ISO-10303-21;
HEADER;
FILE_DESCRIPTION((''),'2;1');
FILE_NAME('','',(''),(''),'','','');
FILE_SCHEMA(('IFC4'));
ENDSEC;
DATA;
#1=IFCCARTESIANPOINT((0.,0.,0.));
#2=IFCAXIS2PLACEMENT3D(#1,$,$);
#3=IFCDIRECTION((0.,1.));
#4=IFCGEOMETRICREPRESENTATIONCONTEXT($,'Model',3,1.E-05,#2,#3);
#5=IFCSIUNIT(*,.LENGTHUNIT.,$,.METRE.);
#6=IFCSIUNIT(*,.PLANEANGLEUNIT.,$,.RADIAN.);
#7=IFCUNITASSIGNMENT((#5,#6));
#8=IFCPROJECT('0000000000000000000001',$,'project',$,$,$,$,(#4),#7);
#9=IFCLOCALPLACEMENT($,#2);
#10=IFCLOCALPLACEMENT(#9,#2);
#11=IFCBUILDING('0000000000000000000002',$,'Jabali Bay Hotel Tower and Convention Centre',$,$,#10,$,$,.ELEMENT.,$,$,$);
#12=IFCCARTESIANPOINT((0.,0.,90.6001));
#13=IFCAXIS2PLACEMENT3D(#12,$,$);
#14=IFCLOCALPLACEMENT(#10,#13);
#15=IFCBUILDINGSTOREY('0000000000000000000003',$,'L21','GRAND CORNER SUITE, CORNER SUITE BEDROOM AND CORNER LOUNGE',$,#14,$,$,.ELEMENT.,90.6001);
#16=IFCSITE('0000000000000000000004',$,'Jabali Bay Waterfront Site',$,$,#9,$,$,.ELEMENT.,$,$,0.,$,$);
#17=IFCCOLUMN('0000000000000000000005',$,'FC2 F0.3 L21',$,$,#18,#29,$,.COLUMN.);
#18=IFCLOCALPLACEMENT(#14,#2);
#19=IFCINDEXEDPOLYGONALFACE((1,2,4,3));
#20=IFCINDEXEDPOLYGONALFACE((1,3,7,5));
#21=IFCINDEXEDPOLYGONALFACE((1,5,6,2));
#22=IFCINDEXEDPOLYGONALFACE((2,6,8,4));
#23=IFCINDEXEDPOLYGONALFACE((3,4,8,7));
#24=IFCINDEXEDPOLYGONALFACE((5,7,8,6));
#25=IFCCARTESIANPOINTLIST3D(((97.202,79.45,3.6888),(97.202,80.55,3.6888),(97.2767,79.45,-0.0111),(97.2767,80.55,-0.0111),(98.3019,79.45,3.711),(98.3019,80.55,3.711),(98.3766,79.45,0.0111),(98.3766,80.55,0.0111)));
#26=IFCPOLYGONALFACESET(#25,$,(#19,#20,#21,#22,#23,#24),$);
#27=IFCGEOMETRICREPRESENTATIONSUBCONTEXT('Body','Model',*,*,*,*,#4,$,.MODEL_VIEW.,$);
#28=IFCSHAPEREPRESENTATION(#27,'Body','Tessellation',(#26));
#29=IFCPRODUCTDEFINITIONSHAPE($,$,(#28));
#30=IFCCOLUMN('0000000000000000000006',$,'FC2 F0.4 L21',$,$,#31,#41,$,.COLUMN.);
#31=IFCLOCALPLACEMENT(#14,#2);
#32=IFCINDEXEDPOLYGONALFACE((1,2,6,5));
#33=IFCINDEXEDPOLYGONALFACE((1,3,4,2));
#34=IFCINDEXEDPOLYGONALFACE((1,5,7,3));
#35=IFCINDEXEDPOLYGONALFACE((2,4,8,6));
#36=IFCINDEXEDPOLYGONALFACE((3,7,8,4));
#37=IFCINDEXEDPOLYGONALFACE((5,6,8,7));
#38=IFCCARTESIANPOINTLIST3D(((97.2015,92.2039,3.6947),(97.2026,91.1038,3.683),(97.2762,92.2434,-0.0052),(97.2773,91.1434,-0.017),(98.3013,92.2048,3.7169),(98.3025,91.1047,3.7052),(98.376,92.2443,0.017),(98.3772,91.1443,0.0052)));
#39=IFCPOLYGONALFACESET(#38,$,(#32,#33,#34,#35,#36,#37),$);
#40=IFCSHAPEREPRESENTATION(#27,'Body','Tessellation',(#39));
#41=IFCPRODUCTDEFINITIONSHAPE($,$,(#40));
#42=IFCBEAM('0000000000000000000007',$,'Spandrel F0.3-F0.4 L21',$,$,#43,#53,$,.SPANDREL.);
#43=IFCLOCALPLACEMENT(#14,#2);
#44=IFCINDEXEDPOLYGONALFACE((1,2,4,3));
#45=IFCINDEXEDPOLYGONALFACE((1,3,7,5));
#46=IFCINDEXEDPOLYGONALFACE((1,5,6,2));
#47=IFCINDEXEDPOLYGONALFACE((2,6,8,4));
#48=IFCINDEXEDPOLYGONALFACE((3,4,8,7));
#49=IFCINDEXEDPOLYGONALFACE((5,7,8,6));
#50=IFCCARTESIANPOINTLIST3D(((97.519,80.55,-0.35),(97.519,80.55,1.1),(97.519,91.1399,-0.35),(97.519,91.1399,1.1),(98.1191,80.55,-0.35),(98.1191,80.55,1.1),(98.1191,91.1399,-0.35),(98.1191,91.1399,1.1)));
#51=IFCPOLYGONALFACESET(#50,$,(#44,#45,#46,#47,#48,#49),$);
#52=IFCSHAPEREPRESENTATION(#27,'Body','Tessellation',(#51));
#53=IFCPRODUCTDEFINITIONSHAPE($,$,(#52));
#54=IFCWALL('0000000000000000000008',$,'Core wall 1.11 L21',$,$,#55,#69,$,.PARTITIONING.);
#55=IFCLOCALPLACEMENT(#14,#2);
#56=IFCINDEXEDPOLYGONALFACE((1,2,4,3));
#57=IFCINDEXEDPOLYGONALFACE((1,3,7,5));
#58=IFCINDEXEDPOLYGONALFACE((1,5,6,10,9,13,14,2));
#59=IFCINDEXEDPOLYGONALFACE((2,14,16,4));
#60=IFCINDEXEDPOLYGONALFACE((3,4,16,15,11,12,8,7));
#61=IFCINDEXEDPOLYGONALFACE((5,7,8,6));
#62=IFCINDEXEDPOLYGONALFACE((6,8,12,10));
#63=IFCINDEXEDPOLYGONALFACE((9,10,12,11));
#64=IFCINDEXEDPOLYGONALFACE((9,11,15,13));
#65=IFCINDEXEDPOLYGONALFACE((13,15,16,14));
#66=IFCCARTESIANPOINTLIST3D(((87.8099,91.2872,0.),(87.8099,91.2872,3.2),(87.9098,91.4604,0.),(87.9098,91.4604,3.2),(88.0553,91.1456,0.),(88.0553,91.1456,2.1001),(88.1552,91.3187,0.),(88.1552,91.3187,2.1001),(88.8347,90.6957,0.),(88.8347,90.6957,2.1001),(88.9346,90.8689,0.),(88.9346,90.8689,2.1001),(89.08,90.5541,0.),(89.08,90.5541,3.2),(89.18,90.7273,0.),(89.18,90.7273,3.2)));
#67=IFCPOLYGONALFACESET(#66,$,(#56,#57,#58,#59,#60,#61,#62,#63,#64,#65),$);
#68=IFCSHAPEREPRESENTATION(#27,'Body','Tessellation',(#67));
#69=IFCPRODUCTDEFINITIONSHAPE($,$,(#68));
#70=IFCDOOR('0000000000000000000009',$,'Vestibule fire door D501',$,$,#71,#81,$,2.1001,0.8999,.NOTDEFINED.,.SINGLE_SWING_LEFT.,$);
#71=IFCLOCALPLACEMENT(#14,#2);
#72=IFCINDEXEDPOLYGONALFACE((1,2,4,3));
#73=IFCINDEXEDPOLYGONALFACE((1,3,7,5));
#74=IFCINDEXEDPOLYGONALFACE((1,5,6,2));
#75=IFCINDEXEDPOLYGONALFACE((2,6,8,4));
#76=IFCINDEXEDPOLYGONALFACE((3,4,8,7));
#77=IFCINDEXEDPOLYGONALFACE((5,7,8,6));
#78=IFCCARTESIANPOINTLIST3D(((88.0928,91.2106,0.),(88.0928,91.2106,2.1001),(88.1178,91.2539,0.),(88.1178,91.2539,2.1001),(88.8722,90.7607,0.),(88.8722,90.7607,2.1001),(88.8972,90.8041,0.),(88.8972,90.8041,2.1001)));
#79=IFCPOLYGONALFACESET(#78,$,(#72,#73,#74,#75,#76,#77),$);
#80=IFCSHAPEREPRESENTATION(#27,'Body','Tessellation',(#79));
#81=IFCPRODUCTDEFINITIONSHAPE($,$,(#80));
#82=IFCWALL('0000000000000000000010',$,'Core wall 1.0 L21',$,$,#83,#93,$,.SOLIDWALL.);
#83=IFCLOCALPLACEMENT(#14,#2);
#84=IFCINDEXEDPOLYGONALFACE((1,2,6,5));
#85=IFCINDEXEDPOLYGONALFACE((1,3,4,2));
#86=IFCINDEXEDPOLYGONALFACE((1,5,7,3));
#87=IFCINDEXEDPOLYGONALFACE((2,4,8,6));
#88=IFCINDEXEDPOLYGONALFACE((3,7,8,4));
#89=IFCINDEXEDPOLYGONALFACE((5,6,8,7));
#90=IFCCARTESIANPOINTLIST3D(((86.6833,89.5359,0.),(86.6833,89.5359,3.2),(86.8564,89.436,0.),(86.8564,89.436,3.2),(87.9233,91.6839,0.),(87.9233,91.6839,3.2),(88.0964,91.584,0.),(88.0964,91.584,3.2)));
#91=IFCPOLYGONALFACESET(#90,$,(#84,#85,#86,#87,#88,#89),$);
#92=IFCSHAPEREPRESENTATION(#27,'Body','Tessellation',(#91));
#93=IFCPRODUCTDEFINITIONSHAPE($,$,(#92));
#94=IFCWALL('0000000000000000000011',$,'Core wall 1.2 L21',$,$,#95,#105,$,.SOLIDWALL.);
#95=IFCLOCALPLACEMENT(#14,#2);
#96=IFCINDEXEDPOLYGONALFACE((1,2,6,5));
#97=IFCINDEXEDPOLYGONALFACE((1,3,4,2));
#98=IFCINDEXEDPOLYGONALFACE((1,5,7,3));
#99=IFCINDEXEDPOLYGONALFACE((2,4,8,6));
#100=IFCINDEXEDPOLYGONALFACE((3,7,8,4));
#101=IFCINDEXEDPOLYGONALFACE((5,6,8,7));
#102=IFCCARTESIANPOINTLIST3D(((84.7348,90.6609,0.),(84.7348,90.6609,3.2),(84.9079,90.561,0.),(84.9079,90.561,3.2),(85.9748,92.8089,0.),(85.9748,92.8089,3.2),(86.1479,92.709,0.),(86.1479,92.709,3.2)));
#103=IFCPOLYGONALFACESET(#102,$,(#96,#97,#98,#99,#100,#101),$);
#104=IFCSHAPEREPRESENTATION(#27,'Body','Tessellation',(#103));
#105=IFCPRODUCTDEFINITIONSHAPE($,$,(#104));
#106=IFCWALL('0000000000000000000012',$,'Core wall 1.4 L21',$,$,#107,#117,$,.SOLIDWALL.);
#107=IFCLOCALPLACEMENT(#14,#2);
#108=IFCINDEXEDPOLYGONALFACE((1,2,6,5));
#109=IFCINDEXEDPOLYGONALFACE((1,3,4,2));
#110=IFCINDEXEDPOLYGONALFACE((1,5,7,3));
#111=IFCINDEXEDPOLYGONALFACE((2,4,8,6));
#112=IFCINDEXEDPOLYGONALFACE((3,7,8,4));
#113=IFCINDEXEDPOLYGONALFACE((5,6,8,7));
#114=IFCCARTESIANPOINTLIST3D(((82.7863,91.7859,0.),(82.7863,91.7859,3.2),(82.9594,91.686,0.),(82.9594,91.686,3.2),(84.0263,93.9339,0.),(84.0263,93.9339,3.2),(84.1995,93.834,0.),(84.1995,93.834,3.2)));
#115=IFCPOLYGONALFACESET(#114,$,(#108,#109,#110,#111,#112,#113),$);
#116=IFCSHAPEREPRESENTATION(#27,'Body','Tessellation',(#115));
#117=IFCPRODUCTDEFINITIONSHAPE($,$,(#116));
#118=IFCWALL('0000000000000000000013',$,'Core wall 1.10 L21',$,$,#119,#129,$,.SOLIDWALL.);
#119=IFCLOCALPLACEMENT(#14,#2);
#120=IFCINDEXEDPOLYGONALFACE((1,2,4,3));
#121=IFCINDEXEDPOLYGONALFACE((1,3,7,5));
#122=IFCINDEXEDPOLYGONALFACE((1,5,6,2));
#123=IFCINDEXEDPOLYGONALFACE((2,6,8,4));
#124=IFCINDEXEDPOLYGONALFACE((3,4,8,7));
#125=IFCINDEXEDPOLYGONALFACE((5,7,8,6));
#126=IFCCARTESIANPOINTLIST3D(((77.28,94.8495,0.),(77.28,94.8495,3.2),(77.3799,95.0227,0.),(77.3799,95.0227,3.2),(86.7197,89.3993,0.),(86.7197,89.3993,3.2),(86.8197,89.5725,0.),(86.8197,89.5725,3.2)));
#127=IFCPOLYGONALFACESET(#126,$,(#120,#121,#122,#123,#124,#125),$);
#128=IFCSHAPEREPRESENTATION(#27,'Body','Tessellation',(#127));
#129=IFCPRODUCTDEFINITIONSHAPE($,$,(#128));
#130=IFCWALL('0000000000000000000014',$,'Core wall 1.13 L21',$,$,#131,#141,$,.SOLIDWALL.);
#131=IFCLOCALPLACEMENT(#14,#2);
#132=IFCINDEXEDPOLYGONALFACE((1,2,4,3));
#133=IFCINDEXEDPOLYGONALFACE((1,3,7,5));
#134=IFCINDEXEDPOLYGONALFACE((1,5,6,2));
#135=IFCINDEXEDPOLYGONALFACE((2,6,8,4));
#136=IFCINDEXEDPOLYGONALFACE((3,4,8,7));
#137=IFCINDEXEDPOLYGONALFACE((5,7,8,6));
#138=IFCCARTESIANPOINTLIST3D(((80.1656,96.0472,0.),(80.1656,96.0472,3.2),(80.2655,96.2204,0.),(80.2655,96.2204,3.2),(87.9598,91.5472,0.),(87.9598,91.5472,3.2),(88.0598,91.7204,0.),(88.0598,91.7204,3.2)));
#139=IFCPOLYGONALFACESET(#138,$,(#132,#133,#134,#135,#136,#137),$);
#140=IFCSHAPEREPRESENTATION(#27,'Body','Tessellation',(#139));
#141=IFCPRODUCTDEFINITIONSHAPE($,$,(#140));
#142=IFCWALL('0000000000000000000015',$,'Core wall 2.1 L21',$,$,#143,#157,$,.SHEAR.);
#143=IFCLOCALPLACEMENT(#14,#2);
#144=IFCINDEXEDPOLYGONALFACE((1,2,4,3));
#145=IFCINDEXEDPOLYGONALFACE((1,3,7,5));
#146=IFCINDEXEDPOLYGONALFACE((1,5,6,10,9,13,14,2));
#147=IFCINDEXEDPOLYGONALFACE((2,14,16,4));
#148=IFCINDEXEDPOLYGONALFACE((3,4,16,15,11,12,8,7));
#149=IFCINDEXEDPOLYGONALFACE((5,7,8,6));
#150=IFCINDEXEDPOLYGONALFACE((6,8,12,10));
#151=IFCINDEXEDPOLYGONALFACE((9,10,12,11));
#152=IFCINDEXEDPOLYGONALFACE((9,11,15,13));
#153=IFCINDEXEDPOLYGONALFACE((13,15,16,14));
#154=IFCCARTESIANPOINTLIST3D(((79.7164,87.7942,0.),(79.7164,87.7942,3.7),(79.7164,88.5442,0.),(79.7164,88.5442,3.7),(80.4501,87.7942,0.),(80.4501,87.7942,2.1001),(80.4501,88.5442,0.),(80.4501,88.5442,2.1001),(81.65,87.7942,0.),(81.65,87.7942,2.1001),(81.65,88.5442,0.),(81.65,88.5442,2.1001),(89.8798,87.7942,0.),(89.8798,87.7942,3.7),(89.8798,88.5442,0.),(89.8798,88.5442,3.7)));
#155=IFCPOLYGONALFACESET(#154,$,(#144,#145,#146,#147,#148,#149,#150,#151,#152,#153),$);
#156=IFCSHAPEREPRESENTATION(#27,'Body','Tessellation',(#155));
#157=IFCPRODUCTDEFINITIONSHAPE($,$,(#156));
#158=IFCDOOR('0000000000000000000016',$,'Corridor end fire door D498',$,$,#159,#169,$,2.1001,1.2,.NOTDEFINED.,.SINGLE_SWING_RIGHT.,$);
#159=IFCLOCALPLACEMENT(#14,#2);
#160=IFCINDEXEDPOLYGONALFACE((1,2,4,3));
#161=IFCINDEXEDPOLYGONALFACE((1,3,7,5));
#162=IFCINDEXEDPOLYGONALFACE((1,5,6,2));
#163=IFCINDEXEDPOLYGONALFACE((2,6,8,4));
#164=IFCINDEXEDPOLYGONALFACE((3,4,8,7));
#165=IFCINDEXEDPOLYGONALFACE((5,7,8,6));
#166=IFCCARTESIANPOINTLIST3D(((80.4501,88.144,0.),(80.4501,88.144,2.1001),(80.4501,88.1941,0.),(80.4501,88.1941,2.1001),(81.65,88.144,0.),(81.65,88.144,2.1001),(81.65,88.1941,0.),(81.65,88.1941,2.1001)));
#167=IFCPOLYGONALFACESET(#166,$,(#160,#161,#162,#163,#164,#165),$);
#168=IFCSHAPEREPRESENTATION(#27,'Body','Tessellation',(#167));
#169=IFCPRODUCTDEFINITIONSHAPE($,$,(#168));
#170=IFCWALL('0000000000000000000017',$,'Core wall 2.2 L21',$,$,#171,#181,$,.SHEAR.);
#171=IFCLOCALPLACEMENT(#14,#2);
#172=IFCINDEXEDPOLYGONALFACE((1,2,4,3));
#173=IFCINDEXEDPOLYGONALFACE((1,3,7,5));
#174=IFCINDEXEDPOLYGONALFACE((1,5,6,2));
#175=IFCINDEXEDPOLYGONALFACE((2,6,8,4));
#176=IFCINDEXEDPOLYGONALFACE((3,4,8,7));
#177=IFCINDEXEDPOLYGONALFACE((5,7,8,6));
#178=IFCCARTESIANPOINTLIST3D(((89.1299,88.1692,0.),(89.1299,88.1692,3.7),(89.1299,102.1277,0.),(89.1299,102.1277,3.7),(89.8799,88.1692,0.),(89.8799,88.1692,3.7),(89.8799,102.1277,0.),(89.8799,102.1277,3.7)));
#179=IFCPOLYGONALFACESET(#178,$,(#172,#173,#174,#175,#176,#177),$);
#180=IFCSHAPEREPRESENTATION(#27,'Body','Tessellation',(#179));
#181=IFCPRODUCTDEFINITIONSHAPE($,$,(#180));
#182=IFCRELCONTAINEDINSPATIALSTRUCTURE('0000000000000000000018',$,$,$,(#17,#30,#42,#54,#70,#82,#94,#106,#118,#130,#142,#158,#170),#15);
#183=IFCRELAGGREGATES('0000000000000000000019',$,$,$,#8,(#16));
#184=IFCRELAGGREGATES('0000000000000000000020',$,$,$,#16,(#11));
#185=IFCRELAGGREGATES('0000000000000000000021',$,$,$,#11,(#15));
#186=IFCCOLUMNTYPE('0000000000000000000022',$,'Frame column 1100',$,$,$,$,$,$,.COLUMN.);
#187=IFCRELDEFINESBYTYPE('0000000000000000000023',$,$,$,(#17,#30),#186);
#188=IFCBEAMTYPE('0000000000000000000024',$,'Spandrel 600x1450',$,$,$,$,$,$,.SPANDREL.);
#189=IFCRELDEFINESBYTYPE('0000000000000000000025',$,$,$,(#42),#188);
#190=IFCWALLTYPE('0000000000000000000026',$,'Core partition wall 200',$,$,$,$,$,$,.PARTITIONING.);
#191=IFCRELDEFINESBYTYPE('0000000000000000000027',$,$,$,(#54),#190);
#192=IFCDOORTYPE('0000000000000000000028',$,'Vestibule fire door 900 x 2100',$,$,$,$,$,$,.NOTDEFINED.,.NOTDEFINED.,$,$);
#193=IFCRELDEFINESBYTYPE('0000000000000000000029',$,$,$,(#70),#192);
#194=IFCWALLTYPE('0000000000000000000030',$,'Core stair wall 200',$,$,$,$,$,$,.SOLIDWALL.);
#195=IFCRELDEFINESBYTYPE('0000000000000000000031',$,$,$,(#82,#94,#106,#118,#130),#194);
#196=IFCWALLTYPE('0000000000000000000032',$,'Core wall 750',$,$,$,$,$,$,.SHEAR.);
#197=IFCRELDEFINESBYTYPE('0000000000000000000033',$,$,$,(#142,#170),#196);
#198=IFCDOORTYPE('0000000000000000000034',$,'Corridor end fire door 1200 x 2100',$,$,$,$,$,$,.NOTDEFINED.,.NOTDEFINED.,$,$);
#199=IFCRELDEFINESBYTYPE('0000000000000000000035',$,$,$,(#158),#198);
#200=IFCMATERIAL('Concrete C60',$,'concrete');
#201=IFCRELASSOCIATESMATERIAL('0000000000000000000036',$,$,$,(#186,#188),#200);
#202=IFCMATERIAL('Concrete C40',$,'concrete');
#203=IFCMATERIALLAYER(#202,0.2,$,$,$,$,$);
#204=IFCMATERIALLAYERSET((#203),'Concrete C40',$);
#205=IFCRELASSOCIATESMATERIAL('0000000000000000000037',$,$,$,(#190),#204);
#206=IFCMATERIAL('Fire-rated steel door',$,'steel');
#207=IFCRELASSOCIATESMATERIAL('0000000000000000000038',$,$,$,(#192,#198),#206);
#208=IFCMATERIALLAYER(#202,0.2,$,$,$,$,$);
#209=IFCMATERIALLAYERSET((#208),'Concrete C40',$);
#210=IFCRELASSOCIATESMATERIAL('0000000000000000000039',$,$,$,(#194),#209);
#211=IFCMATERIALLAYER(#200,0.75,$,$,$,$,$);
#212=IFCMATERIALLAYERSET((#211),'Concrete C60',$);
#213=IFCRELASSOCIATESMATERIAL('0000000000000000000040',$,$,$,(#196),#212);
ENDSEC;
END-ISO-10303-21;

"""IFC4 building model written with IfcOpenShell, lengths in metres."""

from ifc_helpers import new_model, si_unit, direction, frame, frame_2d, origin, origin_2d, place, context, subcontext, project, spatial, rectangle, extrude, material, layer, layer_set, material_profile, profile_set, type_object, element, fill, save


model = new_model("IFC4")

# Units and contexts
model_context = context("Model", 3, precision=1e-05, world=origin(), true_north=direction((0.0, 1.0)))
body_context = subcontext(model_context, "Body", "Model", "MODEL_VIEW")
ifc_project = project(units=[si_unit("LENGTHUNIT", "METRE"), si_unit("PLANEANGLEUNIT", "RADIAN")], contexts=[model_context])

# Site, building, storey
site_placement = place(None, origin())
site = spatial("IfcSite", under=ifc_project, at=site_placement, Name="Jabali Bay Waterfront Site", CompositionType="ELEMENT", RefElevation=0.0)
building_placement = place(site_placement, origin())
building = spatial("IfcBuilding", under=site, at=building_placement, Name="Jabali Bay Hotel Tower and Convention Centre", CompositionType="ELEMENT")
storey_placement = place(building_placement, frame((0.0, 0.0, 90.6001)))
storey = spatial("IfcBuildingStorey", under=building, at=storey_placement, Name="L21", Description="GRAND CORNER SUITE, CORNER SUITE BEDROOM AND CORNER LOUNGE", CompositionType="ELEMENT", Elevation=90.6001)

# Columns
ifc_material_1 = material(Name="Concrete C60", Category="concrete")
ifc_material_profile_1 = material_profile(ifc_material_1, rectangle(XDim=1.1001, YDim=1.1001, at=origin_2d()), Name="Frame column 1100")
ifc_profile_set_1 = profile_set([ifc_material_profile_1], Name="Concrete C60")
column_type = type_object("IfcColumnType", Name="Frame column 1100", PredefinedType="COLUMN", material=ifc_profile_set_1)
column_1_placement = place(storey_placement, frame((97.8267, 80.0, 0.0), z_axis=(-0.020187, 0.0, 0.999796), x_axis=(0.0, -1.0, 0.0)))
element("IfcColumn", 1, at=column_1_placement, inside=storey, type_object=column_type, Name="FC2 F0.3 L21", PredefinedType="COLUMN", context=body_context, shape_type="SweptSolid", body=[
    extrude(rectangle(XDim=1.1001, YDim=1.1001, at=origin_2d()), origin(), (0.0, 0.0, 1.0), 3.7007),
])
column_2_placement = place(storey_placement, frame((97.8267, 91.6938, 0.0), z_axis=(-0.020186, -0.010687, 0.999739), x_axis=(0.999796, 0.000808, 0.020196)))
element("IfcColumn", 2, at=column_2_placement, inside=storey, type_object=column_type, Name="FC2 F0.4 L21", PredefinedType="COLUMN", context=body_context, shape_type="SweptSolid", body=[
    extrude(rectangle(XDim=1.1001, YDim=1.1001, at=origin_2d()), origin(), (0.0, 0.0, 1.0), 3.7009),
])

# Beam
ifc_material_profile_2 = material_profile(ifc_material_1, rectangle(XDim=0.6001, YDim=1.45, at=origin_2d()), Name="Spandrel 600x1450")
ifc_profile_set_2 = profile_set([ifc_material_profile_2], Name="Concrete C60")
beam_type = type_object("IfcBeamType", Name="Spandrel 600x1450", PredefinedType="SPANDREL", material=ifc_profile_set_2)
beam_placement = place(storey_placement, frame((97.8191, 80.55, 0.375), z_axis=(0.0, 1.0, 0.0), x_axis=(-1.0, 0.0, 0.0)))
element("IfcBeam", 3, at=beam_placement, inside=storey, type_object=beam_type, Name="Spandrel F0.3-F0.4 L21", PredefinedType="SPANDREL", context=body_context, shape_type="SweptSolid", body=[
    extrude(rectangle(XDim=0.6001, YDim=1.45, at=origin_2d()), origin(), (0.0, 0.0, 1.0), 10.5898),
])

# Wall, opening, door
ifc_material_2 = material(Name="Concrete C40", Category="concrete")
ifc_layer_1 = layer(ifc_material_2, 0.2)
ifc_layer_set_1 = layer_set([ifc_layer_1], Name="Concrete C40")
wall_type_1 = type_object("IfcWallType", Name="Core partition wall 200", PredefinedType="PARTITIONING", material=ifc_layer_set_1)
wall_1_placement = place(storey_placement, frame((89.1301, 90.6406, 0.0), z_axis=(0.0, 0.0, 1.0), x_axis=(-0.866094, 0.499881, 0.0)))
wall_1 = element("IfcWall", 4, at=wall_1_placement, inside=storey, type_object=wall_type_1, Name="Core wall 1.11 L21", PredefinedType="PARTITIONING", context=body_context, shape_type="SweptSolid", body=[
    extrude(rectangle(XDim=1.4666, YDim=0.2, at=frame_2d((0.7334, 0.0))), origin(), (0.0, 0.0, 1.0), 3.2),
])
opening_1_placement = place(wall_1_placement, frame((0.2834, 0.0, 0.0)))
opening_1 = element("IfcOpeningElement", 5, at=opening_1_placement, cuts=wall_1, PredefinedType="OPENING", context=body_context, shape_type="SweptSolid", body=[
    extrude(rectangle(XDim=0.8999, YDim=2.1001, at=frame_2d((0.45, 1.05))), frame((0.0, 0.1104, 0.0), z_axis=(0.0, -1.0, 0.0), x_axis=(1.0, 0.0, 0.0)), (0.0, 0.0, 1.0), 0.2209),
])
ifc_material_3 = material(Name="Fire-rated steel door", Category="steel")
door_type_1 = type_object("IfcDoorType", Name="Vestibule fire door 900 x 2100", OperationType="NOTDEFINED", PredefinedType="NOTDEFINED", material=ifc_material_3)
door_1_placement = place(opening_1_placement, origin())
door_1 = element("IfcDoor", 6, at=door_1_placement, inside=storey, type_object=door_type_1, Name="Vestibule fire door D501", OperationType="SINGLE_SWING_LEFT", OverallHeight=2.1001, OverallWidth=0.8999, PredefinedType="NOTDEFINED", context=body_context, shape_type="SweptSolid", body=[
    extrude(rectangle(XDim=0.8999, YDim=2.1001, at=frame_2d((0.45, 1.05))), frame((0.0, 0.0249, 0.0), z_axis=(0.0, -1.0, 0.0), x_axis=(1.0, 0.0, 0.0)), (0.0, 0.0, 1.0), 0.05),
])
fill(opening_1, door_1)

# Walls
ifc_layer_2 = layer(ifc_material_2, 0.2)
ifc_layer_set_2 = layer_set([ifc_layer_2], Name="Concrete C40")
wall_type_2 = type_object("IfcWallType", Name="Core stair wall 200", PredefinedType="SOLIDWALL", material=ifc_layer_set_2)
for number, where, z_axis, x_axis, name in (
    (7, (86.7698, 89.4858, 0.0), (0.0, 0.0, 1.0), (0.499961, 0.866048, 0.0), "Core wall 1.0 L21"),
    (8, (84.8213, 90.6108, 0.0), (0.0, 0.0, 1.0), (0.499961, 0.866048, 0.0), "Core wall 1.2 L21"),
    (9, (82.8728, 91.7358, 0.0), (0.0, 0.0, 1.0), (0.499961, 0.866048, 0.0), "Core wall 1.4 L21"),
):
    element("IfcWall", number, at=place(storey_placement, frame(where, z_axis=z_axis, x_axis=x_axis)), inside=storey, type_object=wall_type_2, Name=name, PredefinedType="SOLIDWALL", context=body_context, shape_type="SweptSolid", body=[
        extrude(rectangle(XDim=2.4802, YDim=0.2, at=frame_2d((1.2402, 0.0))), origin(), (0.0, 0.0, 1.0), 3.2),
    ])
wall_2_placement = place(storey_placement, frame((86.7698, 89.4858, 0.0), z_axis=(0.0, 0.0, 1.0), x_axis=(-0.866018, 0.500013, 0.0)))
element("IfcWall", 10, at=wall_2_placement, inside=storey, type_object=wall_type_2, Name="Core wall 1.10 L21", PredefinedType="SOLIDWALL", context=body_context, shape_type="SweptSolid", body=[
    extrude(rectangle(XDim=10.9001, YDim=0.2, at=frame_2d((5.4502, 0.0))), origin(), (0.0, 0.0, 1.0), 3.2),
])
wall_3_placement = place(storey_placement, frame((88.0098, 91.6338, 0.0), z_axis=(0.0, 0.0, 1.0), x_axis=(-0.866024, 0.500002, 0.0)))
element("IfcWall", 11, at=wall_3_placement, inside=storey, type_object=wall_type_2, Name="Core wall 1.13 L21", PredefinedType="SOLIDWALL", context=body_context, shape_type="SweptSolid", body=[
    extrude(rectangle(XDim=9.0, YDim=0.2, at=frame_2d((4.5, 0.0))), origin(), (0.0, 0.0, 1.0), 3.2),
])

# Wall, opening, door
ifc_layer_3 = layer(ifc_material_1, 0.75)
ifc_layer_set_3 = layer_set([ifc_layer_3], Name="Concrete C60")
wall_type_3 = type_object("IfcWallType", Name="Core wall 750", PredefinedType="SHEAR", material=ifc_layer_set_3)
wall_4_placement = place(storey_placement, frame((79.7166, 88.1692, 0.0), z_axis=(0.0, 0.0, 1.0), x_axis=(1.0, 0.0, 0.0)))
wall_4 = element("IfcWall", 12, at=wall_4_placement, inside=storey, type_object=wall_type_3, Name="Core wall 2.1 L21", PredefinedType="SHEAR", context=body_context, shape_type="SweptSolid", body=[
    extrude(rectangle(XDim=10.1633, YDim=0.75, at=frame_2d((5.0815, 0.0))), origin(), (0.0, 0.0, 1.0), 3.7),
])
opening_2_placement = place(wall_4_placement, frame((0.7334, 0.0, 0.0)))
opening_2 = element("IfcOpeningElement", 13, at=opening_2_placement, cuts=wall_4, PredefinedType="OPENING", context=body_context, shape_type="SweptSolid", body=[
    extrude(rectangle(XDim=1.2, YDim=2.1001, at=frame_2d((0.6001, 1.05))), frame((0.0, 0.3855, 0.0), z_axis=(0.0, -1.0, 0.0), x_axis=(1.0, 0.0, 0.0)), (0.0, 0.0, 1.0), 0.771),
])
door_type_2 = type_object("IfcDoorType", Name="Corridor end fire door 1200 x 2100", OperationType="NOTDEFINED", PredefinedType="NOTDEFINED", material=ifc_material_3)
door_2_placement = place(opening_2_placement, origin())
door_2 = element("IfcDoor", 14, at=door_2_placement, inside=storey, type_object=door_type_2, Name="Corridor end fire door D498", OperationType="SINGLE_SWING_RIGHT", OverallHeight=2.1001, OverallWidth=1.2, PredefinedType="NOTDEFINED", context=body_context, shape_type="SweptSolid", body=[
    extrude(rectangle(XDim=1.2, YDim=2.1001, at=frame_2d((0.6001, 1.05))), frame((0.0, 0.0249, 0.0), z_axis=(0.0, -1.0, 0.0), x_axis=(1.0, 0.0, 0.0)), (0.0, 0.0, 1.0), 0.05),
])
fill(opening_2, door_2)

# Wall
wall_5_placement = place(storey_placement, frame((89.5049, 88.1692, 0.0), z_axis=(0.0, 0.0, 1.0), x_axis=(0.0, 1.0, 0.0)))
element("IfcWall", 15, at=wall_5_placement, inside=storey, type_object=wall_type_3, Name="Core wall 2.2 L21", PredefinedType="SHEAR", context=body_context, shape_type="SweptSolid", body=[
    extrude(rectangle(XDim=13.9585, YDim=0.75, at=frame_2d((6.9792, 0.0))), origin(), (0.0, 0.0, 1.0), 3.7),
])

save(model, "model.ifc")
